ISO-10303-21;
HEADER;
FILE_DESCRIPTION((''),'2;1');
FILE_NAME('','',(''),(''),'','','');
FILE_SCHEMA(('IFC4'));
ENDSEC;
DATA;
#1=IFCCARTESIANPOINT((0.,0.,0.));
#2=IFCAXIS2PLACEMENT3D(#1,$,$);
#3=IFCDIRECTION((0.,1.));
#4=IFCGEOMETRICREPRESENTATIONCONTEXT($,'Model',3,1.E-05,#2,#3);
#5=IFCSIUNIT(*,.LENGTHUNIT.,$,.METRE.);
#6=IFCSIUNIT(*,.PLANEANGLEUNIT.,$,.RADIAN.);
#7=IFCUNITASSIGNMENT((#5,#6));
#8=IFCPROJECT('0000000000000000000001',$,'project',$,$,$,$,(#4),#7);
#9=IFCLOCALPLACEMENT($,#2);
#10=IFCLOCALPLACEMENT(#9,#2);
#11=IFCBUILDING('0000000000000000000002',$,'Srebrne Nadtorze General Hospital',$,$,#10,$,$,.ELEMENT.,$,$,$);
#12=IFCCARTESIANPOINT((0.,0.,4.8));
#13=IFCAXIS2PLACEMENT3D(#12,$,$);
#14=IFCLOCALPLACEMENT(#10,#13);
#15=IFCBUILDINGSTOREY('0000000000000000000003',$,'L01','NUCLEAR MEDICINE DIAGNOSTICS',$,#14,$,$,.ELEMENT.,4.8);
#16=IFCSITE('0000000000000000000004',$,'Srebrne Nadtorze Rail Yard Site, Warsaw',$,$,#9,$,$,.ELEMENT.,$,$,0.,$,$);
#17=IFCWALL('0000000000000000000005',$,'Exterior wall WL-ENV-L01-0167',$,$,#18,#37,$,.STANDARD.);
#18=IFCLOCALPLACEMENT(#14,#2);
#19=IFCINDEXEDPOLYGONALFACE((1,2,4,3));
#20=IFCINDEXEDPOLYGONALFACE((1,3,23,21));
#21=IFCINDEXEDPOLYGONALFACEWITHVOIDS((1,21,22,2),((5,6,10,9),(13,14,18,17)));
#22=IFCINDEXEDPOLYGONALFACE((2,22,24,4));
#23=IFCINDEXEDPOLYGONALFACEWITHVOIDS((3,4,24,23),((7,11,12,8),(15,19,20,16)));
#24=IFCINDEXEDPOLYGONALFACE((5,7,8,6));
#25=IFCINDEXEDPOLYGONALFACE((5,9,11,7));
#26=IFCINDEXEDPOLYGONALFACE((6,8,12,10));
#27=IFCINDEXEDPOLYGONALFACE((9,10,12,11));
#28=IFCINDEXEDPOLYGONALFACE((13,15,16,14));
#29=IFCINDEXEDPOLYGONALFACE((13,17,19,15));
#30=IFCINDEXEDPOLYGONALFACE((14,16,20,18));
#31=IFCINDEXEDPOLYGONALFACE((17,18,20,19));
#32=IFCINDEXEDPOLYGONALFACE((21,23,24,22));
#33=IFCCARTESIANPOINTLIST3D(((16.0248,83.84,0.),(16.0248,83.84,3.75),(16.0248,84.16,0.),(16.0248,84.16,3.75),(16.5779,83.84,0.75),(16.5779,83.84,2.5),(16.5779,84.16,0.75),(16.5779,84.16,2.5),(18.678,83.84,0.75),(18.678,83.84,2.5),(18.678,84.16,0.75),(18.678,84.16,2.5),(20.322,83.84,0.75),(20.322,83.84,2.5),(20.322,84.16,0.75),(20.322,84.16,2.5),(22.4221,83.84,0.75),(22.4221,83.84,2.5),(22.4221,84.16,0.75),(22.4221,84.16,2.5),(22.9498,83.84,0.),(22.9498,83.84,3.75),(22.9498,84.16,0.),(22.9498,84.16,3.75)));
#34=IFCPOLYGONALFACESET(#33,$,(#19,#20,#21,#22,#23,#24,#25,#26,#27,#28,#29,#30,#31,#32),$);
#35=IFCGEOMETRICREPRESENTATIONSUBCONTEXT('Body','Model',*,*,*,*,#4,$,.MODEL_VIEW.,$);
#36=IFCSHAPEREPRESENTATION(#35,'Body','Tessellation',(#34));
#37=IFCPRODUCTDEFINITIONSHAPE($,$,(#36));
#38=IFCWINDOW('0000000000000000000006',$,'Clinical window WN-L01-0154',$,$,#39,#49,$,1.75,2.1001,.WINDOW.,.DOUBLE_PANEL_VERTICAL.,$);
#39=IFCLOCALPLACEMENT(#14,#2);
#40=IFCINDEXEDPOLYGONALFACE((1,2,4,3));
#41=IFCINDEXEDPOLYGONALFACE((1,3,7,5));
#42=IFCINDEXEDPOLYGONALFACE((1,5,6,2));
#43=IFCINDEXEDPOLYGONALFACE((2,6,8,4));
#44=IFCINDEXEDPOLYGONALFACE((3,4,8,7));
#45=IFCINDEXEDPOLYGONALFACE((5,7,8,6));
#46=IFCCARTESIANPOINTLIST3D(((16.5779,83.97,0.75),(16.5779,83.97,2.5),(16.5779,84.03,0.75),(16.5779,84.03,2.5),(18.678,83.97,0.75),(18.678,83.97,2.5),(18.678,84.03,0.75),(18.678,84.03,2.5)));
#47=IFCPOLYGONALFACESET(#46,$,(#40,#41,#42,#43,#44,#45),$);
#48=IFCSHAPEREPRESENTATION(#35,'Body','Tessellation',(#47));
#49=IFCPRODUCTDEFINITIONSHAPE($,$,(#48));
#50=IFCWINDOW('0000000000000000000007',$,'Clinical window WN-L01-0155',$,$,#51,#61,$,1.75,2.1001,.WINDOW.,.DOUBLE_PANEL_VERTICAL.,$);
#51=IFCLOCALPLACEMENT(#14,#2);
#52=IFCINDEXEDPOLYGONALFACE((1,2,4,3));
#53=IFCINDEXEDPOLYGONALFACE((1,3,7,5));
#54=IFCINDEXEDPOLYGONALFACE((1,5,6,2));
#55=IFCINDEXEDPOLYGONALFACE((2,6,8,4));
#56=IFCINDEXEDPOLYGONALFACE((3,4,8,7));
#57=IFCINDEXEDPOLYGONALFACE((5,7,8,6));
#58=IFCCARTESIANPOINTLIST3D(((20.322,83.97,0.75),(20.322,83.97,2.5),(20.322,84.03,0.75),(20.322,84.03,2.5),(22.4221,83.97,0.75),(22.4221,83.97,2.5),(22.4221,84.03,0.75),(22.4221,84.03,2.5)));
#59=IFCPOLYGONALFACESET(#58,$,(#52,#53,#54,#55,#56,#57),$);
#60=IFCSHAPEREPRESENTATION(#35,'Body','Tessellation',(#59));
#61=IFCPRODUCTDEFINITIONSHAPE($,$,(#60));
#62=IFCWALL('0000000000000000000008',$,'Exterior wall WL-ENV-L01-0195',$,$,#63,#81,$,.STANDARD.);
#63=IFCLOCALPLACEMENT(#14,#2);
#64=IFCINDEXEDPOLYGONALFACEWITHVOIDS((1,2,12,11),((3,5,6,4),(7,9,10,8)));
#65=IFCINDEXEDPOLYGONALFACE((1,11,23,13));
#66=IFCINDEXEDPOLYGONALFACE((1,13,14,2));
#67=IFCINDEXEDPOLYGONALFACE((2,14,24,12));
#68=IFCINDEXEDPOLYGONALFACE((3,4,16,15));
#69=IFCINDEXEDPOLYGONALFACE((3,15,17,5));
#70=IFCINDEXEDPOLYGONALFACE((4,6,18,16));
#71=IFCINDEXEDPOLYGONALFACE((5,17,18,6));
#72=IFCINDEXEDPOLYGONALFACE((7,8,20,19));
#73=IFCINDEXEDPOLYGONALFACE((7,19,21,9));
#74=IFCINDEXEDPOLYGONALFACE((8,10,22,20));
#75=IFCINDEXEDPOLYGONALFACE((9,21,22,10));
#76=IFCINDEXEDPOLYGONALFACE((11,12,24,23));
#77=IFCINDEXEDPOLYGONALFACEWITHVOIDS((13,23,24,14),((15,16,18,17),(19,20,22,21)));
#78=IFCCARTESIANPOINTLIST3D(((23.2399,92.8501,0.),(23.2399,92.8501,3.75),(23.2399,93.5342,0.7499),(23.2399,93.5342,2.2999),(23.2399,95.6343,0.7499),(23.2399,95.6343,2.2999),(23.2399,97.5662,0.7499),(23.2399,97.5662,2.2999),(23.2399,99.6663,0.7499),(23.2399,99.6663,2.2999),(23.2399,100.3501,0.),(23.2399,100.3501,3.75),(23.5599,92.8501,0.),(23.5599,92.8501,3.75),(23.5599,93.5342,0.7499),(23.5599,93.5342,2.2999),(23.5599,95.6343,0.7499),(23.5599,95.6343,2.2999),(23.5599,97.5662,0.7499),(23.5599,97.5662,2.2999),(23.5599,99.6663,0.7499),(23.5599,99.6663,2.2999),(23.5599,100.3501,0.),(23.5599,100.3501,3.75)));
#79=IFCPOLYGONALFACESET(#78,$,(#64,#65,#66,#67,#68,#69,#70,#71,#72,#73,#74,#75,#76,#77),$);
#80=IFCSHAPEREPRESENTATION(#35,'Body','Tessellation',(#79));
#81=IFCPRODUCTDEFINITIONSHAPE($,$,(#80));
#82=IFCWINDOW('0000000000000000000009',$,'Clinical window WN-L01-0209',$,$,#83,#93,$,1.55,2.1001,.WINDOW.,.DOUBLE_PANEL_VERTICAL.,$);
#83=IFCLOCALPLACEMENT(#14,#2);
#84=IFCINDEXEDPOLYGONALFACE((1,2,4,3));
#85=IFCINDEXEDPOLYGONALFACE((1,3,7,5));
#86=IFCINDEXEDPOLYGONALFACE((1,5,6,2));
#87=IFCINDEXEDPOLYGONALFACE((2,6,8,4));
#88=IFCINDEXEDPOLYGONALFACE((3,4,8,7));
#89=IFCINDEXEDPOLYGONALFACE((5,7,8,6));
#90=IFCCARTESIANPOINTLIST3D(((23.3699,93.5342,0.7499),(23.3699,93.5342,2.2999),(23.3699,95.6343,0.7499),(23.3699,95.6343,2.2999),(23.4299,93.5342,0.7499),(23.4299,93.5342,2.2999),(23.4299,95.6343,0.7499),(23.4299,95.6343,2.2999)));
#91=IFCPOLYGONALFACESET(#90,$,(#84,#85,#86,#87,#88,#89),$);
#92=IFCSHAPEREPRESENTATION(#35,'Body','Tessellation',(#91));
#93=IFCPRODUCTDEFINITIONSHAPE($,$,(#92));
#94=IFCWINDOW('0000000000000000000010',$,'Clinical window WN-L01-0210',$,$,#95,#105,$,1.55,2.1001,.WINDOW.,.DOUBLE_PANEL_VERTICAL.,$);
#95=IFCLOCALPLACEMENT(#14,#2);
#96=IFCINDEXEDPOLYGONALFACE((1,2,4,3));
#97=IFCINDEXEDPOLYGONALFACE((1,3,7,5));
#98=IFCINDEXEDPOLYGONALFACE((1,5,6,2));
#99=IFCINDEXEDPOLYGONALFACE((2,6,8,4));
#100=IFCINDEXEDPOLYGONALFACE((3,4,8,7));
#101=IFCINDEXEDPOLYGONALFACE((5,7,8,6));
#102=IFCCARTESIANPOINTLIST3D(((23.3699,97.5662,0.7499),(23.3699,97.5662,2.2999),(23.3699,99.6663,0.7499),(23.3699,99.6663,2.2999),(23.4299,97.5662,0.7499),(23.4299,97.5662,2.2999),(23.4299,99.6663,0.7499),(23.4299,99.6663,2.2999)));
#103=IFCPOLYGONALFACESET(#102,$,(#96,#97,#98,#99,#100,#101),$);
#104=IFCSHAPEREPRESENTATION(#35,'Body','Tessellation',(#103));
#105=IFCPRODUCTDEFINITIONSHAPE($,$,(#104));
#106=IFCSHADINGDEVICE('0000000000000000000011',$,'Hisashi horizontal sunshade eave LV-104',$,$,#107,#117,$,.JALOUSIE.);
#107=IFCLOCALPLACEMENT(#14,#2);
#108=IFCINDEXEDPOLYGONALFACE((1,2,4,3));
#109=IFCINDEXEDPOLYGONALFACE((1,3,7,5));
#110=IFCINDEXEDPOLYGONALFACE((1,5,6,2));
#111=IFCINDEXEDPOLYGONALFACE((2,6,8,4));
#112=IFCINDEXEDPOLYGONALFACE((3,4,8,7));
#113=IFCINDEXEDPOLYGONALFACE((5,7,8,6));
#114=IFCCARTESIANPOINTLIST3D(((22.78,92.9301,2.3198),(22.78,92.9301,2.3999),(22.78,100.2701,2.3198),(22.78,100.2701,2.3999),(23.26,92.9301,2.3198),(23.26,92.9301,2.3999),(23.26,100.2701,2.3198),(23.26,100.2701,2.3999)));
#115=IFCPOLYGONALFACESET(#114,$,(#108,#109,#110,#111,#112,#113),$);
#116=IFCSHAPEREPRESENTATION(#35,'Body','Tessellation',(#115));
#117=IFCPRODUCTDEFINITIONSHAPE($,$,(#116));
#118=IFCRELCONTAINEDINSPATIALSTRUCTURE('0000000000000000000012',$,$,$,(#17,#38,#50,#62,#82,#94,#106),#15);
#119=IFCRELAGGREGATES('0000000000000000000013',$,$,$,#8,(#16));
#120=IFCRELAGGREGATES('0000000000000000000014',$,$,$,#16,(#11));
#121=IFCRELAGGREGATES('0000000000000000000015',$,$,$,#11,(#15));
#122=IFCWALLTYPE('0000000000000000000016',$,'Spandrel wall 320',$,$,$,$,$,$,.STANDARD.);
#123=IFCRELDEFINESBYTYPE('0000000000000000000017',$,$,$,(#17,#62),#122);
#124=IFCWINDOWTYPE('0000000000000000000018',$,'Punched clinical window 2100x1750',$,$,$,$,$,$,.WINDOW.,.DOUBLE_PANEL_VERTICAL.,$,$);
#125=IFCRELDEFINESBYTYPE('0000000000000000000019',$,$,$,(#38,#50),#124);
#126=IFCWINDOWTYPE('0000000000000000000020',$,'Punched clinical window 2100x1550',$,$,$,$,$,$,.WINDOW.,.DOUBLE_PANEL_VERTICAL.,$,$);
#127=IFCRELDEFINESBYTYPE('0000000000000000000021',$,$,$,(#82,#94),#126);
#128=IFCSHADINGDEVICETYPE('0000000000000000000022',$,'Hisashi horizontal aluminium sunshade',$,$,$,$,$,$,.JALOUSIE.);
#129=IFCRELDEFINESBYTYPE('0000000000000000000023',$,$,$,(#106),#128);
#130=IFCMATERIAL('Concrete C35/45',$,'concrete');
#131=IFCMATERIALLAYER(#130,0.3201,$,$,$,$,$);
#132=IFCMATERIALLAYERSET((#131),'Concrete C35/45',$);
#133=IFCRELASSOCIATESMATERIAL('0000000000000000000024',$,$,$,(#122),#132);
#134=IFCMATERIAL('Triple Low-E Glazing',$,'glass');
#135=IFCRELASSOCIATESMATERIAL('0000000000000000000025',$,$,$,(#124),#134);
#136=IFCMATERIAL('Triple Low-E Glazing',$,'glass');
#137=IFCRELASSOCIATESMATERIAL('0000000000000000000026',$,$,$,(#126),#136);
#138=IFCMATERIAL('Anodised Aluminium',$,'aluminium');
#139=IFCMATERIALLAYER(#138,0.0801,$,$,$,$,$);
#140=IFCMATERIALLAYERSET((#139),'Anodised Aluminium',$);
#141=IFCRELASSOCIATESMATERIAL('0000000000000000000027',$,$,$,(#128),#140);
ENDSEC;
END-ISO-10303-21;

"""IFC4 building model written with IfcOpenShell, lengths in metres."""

from ifc_helpers import new_model, si_unit, direction, frame, frame_2d, origin, origin_2d, place, context, subcontext, project, spatial, rectangle, extrude, material, layer, layer_set, type_object, element, fill, save


model = new_model("IFC4")

# Units and contexts
model_context = context("Model", 3, precision=1e-05, world=origin(), true_north=direction((0.0, 1.0)))
body_context = subcontext(model_context, "Body", "Model", "MODEL_VIEW")
ifc_project = project(units=[si_unit("LENGTHUNIT", "METRE"), si_unit("PLANEANGLEUNIT", "RADIAN")], contexts=[model_context])

# Site, building, storey
site_placement = place(None, origin())
site = spatial("IfcSite", under=ifc_project, at=site_placement, Name="Srebrne Nadtorze Rail Yard Site, Warsaw", CompositionType="ELEMENT", RefElevation=0.0)
building_placement = place(site_placement, origin())
building = spatial("IfcBuilding", under=site, at=building_placement, Name="Srebrne Nadtorze General Hospital", CompositionType="ELEMENT")
storey_placement = place(building_placement, frame((0.0, 0.0, 4.8)))
storey = spatial("IfcBuildingStorey", under=building, at=storey_placement, Name="L01", Description="NUCLEAR MEDICINE DIAGNOSTICS", CompositionType="ELEMENT", Elevation=4.8)

# Walls, openings, windows
ifc_material_1 = material(Name="Concrete C35/45", Category="concrete")
ifc_layer_1 = layer(ifc_material_1, 0.3201)
ifc_layer_set_1 = layer_set([ifc_layer_1], Name="Concrete C35/45")
wall_type_1 = type_object("IfcWallType", Name="Spandrel wall 320", PredefinedType="STANDARD", material=ifc_layer_set_1)
wall_1_placement = place(storey_placement, frame((16.0249, 84.0, 0.0), z_axis=(0.0, 0.0, 1.0), x_axis=(1.0, 0.0, 0.0)))
wall_1 = element("IfcWall", 1, at=wall_1_placement, inside=storey, type_object=wall_type_1, Name="Exterior wall WL-ENV-L01-0167", PredefinedType="STANDARD", context=body_context, shape_type="SweptSolid", body=[
    extrude(rectangle(XDim=6.925, YDim=0.3201, at=frame_2d((3.4624, 0.0))), origin(), (0.0, 0.0, 1.0), 3.75),
])
opening_1_placement = place(wall_1_placement, frame((0.553, 0.0, 0.75)))
opening_1 = element("IfcOpeningElement", 2, at=opening_1_placement, cuts=wall_1, PredefinedType="OPENING", context=body_context, shape_type="SweptSolid", body=[
    extrude(rectangle(XDim=2.1001, YDim=1.75, at=frame_2d((1.05, 0.875))), frame((0.0, 0.1719, 0.0), z_axis=(0.0, -1.0, 0.0), x_axis=(1.0, 0.0, 0.0)), (0.0, 0.0, 1.0), 0.344),
])
opening_2_placement = place(wall_1_placement, frame((4.2971, 0.0, 0.75)))
opening_2 = element("IfcOpeningElement", 3, at=opening_2_placement, cuts=wall_1, PredefinedType="OPENING", context=body_context, shape_type="SweptSolid", body=[
    extrude(rectangle(XDim=2.1001, YDim=1.75, at=frame_2d((1.05, 0.875))), frame((0.0, 0.1719, 0.0), z_axis=(0.0, -1.0, 0.0), x_axis=(1.0, 0.0, 0.0)), (0.0, 0.0, 1.0), 0.344),
])
ifc_material_2 = material(Name="Triple Low-E Glazing", Category="glass")
window_type_1 = type_object("IfcWindowType", Name="Punched clinical window 2100x1750", PartitioningType="DOUBLE_PANEL_VERTICAL", PredefinedType="WINDOW", material=ifc_material_2)
window_1_placement = place(opening_1_placement, origin())
window_1 = element("IfcWindow", 4, at=window_1_placement, inside=storey, type_object=window_type_1, Name="Clinical window WN-L01-0154", OverallHeight=1.75, OverallWidth=2.1001, PartitioningType="DOUBLE_PANEL_VERTICAL", PredefinedType="WINDOW", context=body_context, shape_type="SweptSolid", body=[
    extrude(rectangle(XDim=2.1001, YDim=1.75, at=frame_2d((1.05, 0.875))), frame((0.0, 0.03, 0.0), z_axis=(0.0, -1.0, 0.0), x_axis=(1.0, 0.0, 0.0)), (0.0, 0.0, 1.0), 0.0601),
])
fill(opening_1, window_1)
window_2_placement = place(opening_2_placement, origin())
window_2 = element("IfcWindow", 5, at=window_2_placement, inside=storey, type_object=window_type_1, Name="Clinical window WN-L01-0155", OverallHeight=1.75, OverallWidth=2.1001, PartitioningType="DOUBLE_PANEL_VERTICAL", PredefinedType="WINDOW", context=body_context, shape_type="SweptSolid", body=[
    extrude(rectangle(XDim=2.1001, YDim=1.75, at=frame_2d((1.05, 0.875))), frame((0.0, 0.03, 0.0), z_axis=(0.0, -1.0, 0.0), x_axis=(1.0, 0.0, 0.0)), (0.0, 0.0, 1.0), 0.0601),
])
fill(opening_2, window_2)
wall_2_placement = place(storey_placement, frame((23.3999, 92.8501, 0.0), z_axis=(0.0, 0.0, 1.0), x_axis=(0.0, 1.0, 0.0)))
wall_2 = element("IfcWall", 6, at=wall_2_placement, inside=storey, type_object=wall_type_1, Name="Exterior wall WL-ENV-L01-0195", PredefinedType="STANDARD", context=body_context, shape_type="SweptSolid", body=[
    extrude(rectangle(XDim=7.5, YDim=0.3201, at=frame_2d((3.75, 0.0))), origin(), (0.0, 0.0, 1.0), 3.75),
])
opening_3_placement = place(wall_2_placement, frame((0.6841, 0.0, 0.75)))
opening_3 = element("IfcOpeningElement", 7, at=opening_3_placement, cuts=wall_2, PredefinedType="OPENING", context=body_context, shape_type="SweptSolid", body=[
    extrude(rectangle(XDim=2.1001, YDim=1.55, at=frame_2d((1.05, 0.7749))), frame((0.0, 0.1719, 0.0), z_axis=(0.0, -1.0, 0.0), x_axis=(1.0, 0.0, 0.0)), (0.0, 0.0, 1.0), 0.344),
])
opening_4_placement = place(wall_2_placement, frame((4.7161, 0.0, 0.75)))
opening_4 = element("IfcOpeningElement", 8, at=opening_4_placement, cuts=wall_2, PredefinedType="OPENING", context=body_context, shape_type="SweptSolid", body=[
    extrude(rectangle(XDim=2.1001, YDim=1.55, at=frame_2d((1.05, 0.7749))), frame((0.0, 0.1719, 0.0), z_axis=(0.0, -1.0, 0.0), x_axis=(1.0, 0.0, 0.0)), (0.0, 0.0, 1.0), 0.344),
])
ifc_material_3 = material(Name="Triple Low-E Glazing", Category="glass")
window_type_2 = type_object("IfcWindowType", Name="Punched clinical window 2100x1550", PartitioningType="DOUBLE_PANEL_VERTICAL", PredefinedType="WINDOW", material=ifc_material_3)
window_3_placement = place(opening_3_placement, origin())
window_3 = element("IfcWindow", 9, at=window_3_placement, inside=storey, type_object=window_type_2, Name="Clinical window WN-L01-0209", OverallHeight=1.55, OverallWidth=2.1001, PartitioningType="DOUBLE_PANEL_VERTICAL", PredefinedType="WINDOW", context=body_context, shape_type="SweptSolid", body=[
    extrude(rectangle(XDim=2.1001, YDim=1.55, at=frame_2d((1.05, 0.7749))), frame((0.0, 0.03, 0.0), z_axis=(0.0, -1.0, 0.0), x_axis=(1.0, 0.0, 0.0)), (0.0, 0.0, 1.0), 0.0601),
])
fill(opening_3, window_3)
window_4_placement = place(opening_4_placement, origin())
window_4 = element("IfcWindow", 10, at=window_4_placement, inside=storey, type_object=window_type_2, Name="Clinical window WN-L01-0210", OverallHeight=1.55, OverallWidth=2.1001, PartitioningType="DOUBLE_PANEL_VERTICAL", PredefinedType="WINDOW", context=body_context, shape_type="SweptSolid", body=[
    extrude(rectangle(XDim=2.1001, YDim=1.55, at=frame_2d((1.05, 0.7749))), frame((0.0, 0.03, 0.0), z_axis=(0.0, -1.0, 0.0), x_axis=(1.0, 0.0, 0.0)), (0.0, 0.0, 1.0), 0.0601),
])
fill(opening_4, window_4)

# Shading device
ifc_material_4 = material(Name="Anodised Aluminium", Category="aluminium")
ifc_layer_2 = layer(ifc_material_4, 0.0801)
ifc_layer_set_2 = layer_set([ifc_layer_2], Name="Anodised Aluminium")
shading_device_type = type_object("IfcShadingDeviceType", Name="Hisashi horizontal aluminium sunshade", PredefinedType="JALOUSIE", material=ifc_layer_set_2)
shading_device_placement = place(storey_placement, frame((23.02, 96.6001, 2.3198), z_axis=(0.0, 0.0, 1.0), x_axis=(1.0, 0.0, 0.0)))
element("IfcShadingDevice", 11, at=shading_device_placement, inside=storey, type_object=shading_device_type, Name="Hisashi horizontal sunshade eave LV-104", PredefinedType="JALOUSIE", context=body_context, shape_type="SweptSolid", body=[
    extrude(rectangle(XDim=0.48, YDim=7.3401, at=origin_2d()), origin(), (0.0, 0.0, 1.0), 0.0801),
])

save(model, "model.ifc")
